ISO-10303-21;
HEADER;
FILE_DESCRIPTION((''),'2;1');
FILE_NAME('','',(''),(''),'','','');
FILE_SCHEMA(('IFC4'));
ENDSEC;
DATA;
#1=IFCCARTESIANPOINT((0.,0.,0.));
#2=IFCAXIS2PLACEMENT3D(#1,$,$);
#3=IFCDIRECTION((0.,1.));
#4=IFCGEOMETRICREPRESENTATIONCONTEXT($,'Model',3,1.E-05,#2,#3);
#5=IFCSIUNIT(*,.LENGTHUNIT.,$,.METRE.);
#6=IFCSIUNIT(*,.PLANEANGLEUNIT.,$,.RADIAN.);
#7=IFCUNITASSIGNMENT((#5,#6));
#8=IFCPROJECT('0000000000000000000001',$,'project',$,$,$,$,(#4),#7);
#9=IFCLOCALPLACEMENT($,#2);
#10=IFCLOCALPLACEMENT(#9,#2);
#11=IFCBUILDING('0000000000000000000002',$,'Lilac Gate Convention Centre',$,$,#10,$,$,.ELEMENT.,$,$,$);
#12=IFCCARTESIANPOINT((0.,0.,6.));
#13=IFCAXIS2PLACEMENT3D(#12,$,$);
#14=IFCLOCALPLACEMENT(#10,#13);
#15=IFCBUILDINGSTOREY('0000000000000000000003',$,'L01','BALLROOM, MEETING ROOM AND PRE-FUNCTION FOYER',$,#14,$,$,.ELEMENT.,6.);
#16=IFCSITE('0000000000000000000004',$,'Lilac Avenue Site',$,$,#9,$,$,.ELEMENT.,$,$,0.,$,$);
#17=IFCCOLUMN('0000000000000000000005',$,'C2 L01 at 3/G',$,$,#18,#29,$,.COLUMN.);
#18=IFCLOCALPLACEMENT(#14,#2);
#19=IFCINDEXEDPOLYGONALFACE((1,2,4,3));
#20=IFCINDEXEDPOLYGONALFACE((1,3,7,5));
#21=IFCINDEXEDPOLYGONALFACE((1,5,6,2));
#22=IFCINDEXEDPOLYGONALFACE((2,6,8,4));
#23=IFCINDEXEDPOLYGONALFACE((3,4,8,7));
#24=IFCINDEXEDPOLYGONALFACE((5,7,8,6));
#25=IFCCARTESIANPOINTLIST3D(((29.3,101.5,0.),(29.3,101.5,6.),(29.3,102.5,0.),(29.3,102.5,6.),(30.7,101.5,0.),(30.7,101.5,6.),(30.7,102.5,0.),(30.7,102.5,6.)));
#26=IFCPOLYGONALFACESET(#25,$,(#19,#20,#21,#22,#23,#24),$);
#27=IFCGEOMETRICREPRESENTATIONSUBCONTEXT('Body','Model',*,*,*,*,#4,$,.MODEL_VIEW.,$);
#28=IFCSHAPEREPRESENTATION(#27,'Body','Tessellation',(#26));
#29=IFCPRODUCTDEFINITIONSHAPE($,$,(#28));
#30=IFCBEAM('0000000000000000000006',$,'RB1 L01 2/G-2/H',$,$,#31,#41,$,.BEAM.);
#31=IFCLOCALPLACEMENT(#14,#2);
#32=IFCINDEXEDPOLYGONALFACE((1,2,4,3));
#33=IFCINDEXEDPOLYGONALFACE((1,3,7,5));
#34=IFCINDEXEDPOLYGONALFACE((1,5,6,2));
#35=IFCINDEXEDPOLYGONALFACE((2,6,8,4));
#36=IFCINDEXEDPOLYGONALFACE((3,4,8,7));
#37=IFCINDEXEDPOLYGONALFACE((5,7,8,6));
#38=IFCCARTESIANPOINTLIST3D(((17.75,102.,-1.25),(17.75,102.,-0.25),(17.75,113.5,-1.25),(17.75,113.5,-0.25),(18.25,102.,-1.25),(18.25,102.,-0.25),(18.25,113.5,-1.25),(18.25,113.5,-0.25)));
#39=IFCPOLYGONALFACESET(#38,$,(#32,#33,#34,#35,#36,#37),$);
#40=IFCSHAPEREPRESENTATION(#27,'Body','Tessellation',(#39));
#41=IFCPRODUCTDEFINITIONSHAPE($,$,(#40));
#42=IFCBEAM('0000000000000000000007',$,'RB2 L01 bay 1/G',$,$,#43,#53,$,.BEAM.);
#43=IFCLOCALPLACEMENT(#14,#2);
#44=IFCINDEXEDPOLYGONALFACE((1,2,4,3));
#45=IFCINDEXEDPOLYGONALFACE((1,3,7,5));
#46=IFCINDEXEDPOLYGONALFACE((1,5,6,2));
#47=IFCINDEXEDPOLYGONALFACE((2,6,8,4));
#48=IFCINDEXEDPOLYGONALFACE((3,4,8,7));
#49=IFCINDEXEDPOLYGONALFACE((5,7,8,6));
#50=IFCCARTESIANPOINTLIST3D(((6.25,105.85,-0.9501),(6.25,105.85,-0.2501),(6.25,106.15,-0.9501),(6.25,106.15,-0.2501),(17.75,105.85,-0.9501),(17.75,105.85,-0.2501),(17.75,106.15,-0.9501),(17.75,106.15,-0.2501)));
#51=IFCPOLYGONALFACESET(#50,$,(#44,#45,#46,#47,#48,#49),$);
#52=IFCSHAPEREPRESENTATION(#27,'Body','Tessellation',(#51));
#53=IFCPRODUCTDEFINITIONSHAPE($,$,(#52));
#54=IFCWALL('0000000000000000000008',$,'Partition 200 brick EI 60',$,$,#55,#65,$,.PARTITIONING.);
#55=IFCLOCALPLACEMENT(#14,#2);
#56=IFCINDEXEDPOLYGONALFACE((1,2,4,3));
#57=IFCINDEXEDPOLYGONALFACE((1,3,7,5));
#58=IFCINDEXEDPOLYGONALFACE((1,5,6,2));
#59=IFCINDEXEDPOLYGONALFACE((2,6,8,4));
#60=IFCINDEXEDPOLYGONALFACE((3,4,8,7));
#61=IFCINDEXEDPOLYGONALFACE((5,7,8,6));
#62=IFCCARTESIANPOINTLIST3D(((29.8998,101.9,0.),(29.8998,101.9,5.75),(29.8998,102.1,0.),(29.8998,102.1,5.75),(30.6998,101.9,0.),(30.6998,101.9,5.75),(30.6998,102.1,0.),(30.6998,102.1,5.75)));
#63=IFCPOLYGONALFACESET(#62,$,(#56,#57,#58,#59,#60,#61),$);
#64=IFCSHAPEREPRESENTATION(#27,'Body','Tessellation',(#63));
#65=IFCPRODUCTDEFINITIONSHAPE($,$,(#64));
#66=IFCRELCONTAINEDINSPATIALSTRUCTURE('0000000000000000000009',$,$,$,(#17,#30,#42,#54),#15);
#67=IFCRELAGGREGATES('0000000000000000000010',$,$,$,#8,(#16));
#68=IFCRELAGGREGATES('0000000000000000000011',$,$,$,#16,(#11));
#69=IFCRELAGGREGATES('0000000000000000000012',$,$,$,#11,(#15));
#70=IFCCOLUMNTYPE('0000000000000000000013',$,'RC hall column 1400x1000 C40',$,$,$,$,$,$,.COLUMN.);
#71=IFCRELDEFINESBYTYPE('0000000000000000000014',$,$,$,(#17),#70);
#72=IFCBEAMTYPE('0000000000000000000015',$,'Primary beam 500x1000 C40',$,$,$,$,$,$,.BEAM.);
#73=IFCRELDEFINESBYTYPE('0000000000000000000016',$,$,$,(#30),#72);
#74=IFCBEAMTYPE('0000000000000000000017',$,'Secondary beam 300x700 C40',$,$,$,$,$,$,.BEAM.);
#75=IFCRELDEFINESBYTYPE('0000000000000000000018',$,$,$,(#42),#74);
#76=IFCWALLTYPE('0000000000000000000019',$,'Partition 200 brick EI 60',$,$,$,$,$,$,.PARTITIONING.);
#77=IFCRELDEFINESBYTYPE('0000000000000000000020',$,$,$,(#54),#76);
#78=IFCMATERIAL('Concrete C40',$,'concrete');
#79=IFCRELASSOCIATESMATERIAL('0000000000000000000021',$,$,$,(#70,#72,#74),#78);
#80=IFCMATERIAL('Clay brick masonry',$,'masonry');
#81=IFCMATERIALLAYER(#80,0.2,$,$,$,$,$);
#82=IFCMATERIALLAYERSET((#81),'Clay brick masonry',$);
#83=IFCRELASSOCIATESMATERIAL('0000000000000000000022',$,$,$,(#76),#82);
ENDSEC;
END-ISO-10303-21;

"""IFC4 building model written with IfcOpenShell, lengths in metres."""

from ifc_helpers import new_model, si_unit, direction, frame, frame_2d, origin, origin_2d, place, context, subcontext, project, spatial, rectangle, extrude, material, layer, layer_set, material_profile, profile_set, type_object, element, save


model = new_model("IFC4")

# Units and contexts
model_context = context("Model", 3, precision=1e-05, world=origin(), true_north=direction((0.0, 1.0)))
body_context = subcontext(model_context, "Body", "Model", "MODEL_VIEW")
ifc_project = project(units=[si_unit("LENGTHUNIT", "METRE"), si_unit("PLANEANGLEUNIT", "RADIAN")], contexts=[model_context])

# Site, building, storey
site_placement = place(None, origin())
site = spatial("IfcSite", under=ifc_project, at=site_placement, Name="Lilac Avenue Site", CompositionType="ELEMENT", RefElevation=0.0)
building_placement = place(site_placement, origin())
building = spatial("IfcBuilding", under=site, at=building_placement, Name="Lilac Gate Convention Centre", CompositionType="ELEMENT")
storey_placement = place(building_placement, frame((0.0, 0.0, 6.0)))
storey = spatial("IfcBuildingStorey", under=building, at=storey_placement, Name="L01", Description="BALLROOM, MEETING ROOM AND PRE-FUNCTION FOYER", CompositionType="ELEMENT", Elevation=6.0)

# Column
ifc_material_1 = material(Name="Concrete C40", Category="concrete")
ifc_material_profile_1 = material_profile(ifc_material_1, rectangle(XDim=1.3999, YDim=1.0, at=origin_2d()), Name="RC 1400x1000")
ifc_profile_set_1 = profile_set([ifc_material_profile_1], Name="Concrete C40")
column_type = type_object("IfcColumnType", Name="RC hall column 1400x1000 C40", PredefinedType="COLUMN", material=ifc_profile_set_1)
column_placement = place(storey_placement, frame((30.0, 102.0, 0.0), z_axis=(0.0, 0.0, 1.0), x_axis=(1.0, 0.0, 0.0)))
element("IfcColumn", 1, at=column_placement, inside=storey, type_object=column_type, Name="C2 L01 at 3/G", PredefinedType="COLUMN", context=body_context, shape_type="SweptSolid", body=[
    extrude(rectangle(XDim=1.3999, YDim=1.0, at=origin_2d()), origin(), (0.0, 0.0, 1.0), 6.0),
])

# Beams
ifc_material_profile_2 = material_profile(ifc_material_1, rectangle(XDim=0.5, YDim=1.0, at=origin_2d()), Name="RC 500x1000")
ifc_profile_set_2 = profile_set([ifc_material_profile_2], Name="Concrete C40")
beam_type_1 = type_object("IfcBeamType", Name="Primary beam 500x1000 C40", PredefinedType="BEAM", material=ifc_profile_set_2)
beam_1_placement = place(storey_placement, frame((18.0, 102.0, -0.75), z_axis=(0.0, 1.0, 0.0), x_axis=(-1.0, 0.0, 0.0)))
element("IfcBeam", 2, at=beam_1_placement, inside=storey, type_object=beam_type_1, Name="RB1 L01 2/G-2/H", PredefinedType="BEAM", context=body_context, shape_type="SweptSolid", body=[
    extrude(rectangle(XDim=0.5, YDim=1.0, at=origin_2d()), origin(), (0.0, 0.0, 1.0), 11.5),
])
ifc_material_profile_3 = material_profile(ifc_material_1, rectangle(XDim=0.3, YDim=0.7, at=origin_2d()), Name="RC 300x700")
ifc_profile_set_3 = profile_set([ifc_material_profile_3], Name="Concrete C40")
beam_type_2 = type_object("IfcBeamType", Name="Secondary beam 300x700 C40", PredefinedType="BEAM", material=ifc_profile_set_3)
beam_2_placement = place(storey_placement, frame((6.25, 106.0, -0.6001), z_axis=(1.0, 0.0, 0.0), x_axis=(0.0, 1.0, 0.0)))
element("IfcBeam", 3, at=beam_2_placement, inside=storey, type_object=beam_type_2, Name="RB2 L01 bay 1/G", PredefinedType="BEAM", context=body_context, shape_type="SweptSolid", body=[
    extrude(rectangle(XDim=0.3, YDim=0.7, at=origin_2d()), origin(), (0.0, 0.0, 1.0), 11.5),
])

# Wall
ifc_material_2 = material(Name="Clay brick masonry", Category="masonry")
ifc_layer_1 = layer(ifc_material_2, 0.2)
ifc_layer_set_1 = layer_set([ifc_layer_1], Name="Clay brick masonry")
wall_type_1 = type_object("IfcWallType", Name="Partition 200 brick EI 60", PredefinedType="PARTITIONING", material=ifc_layer_set_1)
wall_1_placement = place(storey_placement, frame((29.8999, 102.0, 0.0), z_axis=(0.0, 0.0, 1.0), x_axis=(1.0, 0.0, 0.0)))
element("IfcWall", 4, at=wall_1_placement, inside=storey, type_object=wall_type_1, Name="Partition 200 brick EI 60", PredefinedType="PARTITIONING", context=body_context, shape_type="SweptSolid", body=[
    extrude(rectangle(XDim=0.8, YDim=0.2, at=frame_2d((0.3999, 0.0))), origin(), (0.0, 0.0, 1.0), 5.75),
])

save(model, "model.ifc")
